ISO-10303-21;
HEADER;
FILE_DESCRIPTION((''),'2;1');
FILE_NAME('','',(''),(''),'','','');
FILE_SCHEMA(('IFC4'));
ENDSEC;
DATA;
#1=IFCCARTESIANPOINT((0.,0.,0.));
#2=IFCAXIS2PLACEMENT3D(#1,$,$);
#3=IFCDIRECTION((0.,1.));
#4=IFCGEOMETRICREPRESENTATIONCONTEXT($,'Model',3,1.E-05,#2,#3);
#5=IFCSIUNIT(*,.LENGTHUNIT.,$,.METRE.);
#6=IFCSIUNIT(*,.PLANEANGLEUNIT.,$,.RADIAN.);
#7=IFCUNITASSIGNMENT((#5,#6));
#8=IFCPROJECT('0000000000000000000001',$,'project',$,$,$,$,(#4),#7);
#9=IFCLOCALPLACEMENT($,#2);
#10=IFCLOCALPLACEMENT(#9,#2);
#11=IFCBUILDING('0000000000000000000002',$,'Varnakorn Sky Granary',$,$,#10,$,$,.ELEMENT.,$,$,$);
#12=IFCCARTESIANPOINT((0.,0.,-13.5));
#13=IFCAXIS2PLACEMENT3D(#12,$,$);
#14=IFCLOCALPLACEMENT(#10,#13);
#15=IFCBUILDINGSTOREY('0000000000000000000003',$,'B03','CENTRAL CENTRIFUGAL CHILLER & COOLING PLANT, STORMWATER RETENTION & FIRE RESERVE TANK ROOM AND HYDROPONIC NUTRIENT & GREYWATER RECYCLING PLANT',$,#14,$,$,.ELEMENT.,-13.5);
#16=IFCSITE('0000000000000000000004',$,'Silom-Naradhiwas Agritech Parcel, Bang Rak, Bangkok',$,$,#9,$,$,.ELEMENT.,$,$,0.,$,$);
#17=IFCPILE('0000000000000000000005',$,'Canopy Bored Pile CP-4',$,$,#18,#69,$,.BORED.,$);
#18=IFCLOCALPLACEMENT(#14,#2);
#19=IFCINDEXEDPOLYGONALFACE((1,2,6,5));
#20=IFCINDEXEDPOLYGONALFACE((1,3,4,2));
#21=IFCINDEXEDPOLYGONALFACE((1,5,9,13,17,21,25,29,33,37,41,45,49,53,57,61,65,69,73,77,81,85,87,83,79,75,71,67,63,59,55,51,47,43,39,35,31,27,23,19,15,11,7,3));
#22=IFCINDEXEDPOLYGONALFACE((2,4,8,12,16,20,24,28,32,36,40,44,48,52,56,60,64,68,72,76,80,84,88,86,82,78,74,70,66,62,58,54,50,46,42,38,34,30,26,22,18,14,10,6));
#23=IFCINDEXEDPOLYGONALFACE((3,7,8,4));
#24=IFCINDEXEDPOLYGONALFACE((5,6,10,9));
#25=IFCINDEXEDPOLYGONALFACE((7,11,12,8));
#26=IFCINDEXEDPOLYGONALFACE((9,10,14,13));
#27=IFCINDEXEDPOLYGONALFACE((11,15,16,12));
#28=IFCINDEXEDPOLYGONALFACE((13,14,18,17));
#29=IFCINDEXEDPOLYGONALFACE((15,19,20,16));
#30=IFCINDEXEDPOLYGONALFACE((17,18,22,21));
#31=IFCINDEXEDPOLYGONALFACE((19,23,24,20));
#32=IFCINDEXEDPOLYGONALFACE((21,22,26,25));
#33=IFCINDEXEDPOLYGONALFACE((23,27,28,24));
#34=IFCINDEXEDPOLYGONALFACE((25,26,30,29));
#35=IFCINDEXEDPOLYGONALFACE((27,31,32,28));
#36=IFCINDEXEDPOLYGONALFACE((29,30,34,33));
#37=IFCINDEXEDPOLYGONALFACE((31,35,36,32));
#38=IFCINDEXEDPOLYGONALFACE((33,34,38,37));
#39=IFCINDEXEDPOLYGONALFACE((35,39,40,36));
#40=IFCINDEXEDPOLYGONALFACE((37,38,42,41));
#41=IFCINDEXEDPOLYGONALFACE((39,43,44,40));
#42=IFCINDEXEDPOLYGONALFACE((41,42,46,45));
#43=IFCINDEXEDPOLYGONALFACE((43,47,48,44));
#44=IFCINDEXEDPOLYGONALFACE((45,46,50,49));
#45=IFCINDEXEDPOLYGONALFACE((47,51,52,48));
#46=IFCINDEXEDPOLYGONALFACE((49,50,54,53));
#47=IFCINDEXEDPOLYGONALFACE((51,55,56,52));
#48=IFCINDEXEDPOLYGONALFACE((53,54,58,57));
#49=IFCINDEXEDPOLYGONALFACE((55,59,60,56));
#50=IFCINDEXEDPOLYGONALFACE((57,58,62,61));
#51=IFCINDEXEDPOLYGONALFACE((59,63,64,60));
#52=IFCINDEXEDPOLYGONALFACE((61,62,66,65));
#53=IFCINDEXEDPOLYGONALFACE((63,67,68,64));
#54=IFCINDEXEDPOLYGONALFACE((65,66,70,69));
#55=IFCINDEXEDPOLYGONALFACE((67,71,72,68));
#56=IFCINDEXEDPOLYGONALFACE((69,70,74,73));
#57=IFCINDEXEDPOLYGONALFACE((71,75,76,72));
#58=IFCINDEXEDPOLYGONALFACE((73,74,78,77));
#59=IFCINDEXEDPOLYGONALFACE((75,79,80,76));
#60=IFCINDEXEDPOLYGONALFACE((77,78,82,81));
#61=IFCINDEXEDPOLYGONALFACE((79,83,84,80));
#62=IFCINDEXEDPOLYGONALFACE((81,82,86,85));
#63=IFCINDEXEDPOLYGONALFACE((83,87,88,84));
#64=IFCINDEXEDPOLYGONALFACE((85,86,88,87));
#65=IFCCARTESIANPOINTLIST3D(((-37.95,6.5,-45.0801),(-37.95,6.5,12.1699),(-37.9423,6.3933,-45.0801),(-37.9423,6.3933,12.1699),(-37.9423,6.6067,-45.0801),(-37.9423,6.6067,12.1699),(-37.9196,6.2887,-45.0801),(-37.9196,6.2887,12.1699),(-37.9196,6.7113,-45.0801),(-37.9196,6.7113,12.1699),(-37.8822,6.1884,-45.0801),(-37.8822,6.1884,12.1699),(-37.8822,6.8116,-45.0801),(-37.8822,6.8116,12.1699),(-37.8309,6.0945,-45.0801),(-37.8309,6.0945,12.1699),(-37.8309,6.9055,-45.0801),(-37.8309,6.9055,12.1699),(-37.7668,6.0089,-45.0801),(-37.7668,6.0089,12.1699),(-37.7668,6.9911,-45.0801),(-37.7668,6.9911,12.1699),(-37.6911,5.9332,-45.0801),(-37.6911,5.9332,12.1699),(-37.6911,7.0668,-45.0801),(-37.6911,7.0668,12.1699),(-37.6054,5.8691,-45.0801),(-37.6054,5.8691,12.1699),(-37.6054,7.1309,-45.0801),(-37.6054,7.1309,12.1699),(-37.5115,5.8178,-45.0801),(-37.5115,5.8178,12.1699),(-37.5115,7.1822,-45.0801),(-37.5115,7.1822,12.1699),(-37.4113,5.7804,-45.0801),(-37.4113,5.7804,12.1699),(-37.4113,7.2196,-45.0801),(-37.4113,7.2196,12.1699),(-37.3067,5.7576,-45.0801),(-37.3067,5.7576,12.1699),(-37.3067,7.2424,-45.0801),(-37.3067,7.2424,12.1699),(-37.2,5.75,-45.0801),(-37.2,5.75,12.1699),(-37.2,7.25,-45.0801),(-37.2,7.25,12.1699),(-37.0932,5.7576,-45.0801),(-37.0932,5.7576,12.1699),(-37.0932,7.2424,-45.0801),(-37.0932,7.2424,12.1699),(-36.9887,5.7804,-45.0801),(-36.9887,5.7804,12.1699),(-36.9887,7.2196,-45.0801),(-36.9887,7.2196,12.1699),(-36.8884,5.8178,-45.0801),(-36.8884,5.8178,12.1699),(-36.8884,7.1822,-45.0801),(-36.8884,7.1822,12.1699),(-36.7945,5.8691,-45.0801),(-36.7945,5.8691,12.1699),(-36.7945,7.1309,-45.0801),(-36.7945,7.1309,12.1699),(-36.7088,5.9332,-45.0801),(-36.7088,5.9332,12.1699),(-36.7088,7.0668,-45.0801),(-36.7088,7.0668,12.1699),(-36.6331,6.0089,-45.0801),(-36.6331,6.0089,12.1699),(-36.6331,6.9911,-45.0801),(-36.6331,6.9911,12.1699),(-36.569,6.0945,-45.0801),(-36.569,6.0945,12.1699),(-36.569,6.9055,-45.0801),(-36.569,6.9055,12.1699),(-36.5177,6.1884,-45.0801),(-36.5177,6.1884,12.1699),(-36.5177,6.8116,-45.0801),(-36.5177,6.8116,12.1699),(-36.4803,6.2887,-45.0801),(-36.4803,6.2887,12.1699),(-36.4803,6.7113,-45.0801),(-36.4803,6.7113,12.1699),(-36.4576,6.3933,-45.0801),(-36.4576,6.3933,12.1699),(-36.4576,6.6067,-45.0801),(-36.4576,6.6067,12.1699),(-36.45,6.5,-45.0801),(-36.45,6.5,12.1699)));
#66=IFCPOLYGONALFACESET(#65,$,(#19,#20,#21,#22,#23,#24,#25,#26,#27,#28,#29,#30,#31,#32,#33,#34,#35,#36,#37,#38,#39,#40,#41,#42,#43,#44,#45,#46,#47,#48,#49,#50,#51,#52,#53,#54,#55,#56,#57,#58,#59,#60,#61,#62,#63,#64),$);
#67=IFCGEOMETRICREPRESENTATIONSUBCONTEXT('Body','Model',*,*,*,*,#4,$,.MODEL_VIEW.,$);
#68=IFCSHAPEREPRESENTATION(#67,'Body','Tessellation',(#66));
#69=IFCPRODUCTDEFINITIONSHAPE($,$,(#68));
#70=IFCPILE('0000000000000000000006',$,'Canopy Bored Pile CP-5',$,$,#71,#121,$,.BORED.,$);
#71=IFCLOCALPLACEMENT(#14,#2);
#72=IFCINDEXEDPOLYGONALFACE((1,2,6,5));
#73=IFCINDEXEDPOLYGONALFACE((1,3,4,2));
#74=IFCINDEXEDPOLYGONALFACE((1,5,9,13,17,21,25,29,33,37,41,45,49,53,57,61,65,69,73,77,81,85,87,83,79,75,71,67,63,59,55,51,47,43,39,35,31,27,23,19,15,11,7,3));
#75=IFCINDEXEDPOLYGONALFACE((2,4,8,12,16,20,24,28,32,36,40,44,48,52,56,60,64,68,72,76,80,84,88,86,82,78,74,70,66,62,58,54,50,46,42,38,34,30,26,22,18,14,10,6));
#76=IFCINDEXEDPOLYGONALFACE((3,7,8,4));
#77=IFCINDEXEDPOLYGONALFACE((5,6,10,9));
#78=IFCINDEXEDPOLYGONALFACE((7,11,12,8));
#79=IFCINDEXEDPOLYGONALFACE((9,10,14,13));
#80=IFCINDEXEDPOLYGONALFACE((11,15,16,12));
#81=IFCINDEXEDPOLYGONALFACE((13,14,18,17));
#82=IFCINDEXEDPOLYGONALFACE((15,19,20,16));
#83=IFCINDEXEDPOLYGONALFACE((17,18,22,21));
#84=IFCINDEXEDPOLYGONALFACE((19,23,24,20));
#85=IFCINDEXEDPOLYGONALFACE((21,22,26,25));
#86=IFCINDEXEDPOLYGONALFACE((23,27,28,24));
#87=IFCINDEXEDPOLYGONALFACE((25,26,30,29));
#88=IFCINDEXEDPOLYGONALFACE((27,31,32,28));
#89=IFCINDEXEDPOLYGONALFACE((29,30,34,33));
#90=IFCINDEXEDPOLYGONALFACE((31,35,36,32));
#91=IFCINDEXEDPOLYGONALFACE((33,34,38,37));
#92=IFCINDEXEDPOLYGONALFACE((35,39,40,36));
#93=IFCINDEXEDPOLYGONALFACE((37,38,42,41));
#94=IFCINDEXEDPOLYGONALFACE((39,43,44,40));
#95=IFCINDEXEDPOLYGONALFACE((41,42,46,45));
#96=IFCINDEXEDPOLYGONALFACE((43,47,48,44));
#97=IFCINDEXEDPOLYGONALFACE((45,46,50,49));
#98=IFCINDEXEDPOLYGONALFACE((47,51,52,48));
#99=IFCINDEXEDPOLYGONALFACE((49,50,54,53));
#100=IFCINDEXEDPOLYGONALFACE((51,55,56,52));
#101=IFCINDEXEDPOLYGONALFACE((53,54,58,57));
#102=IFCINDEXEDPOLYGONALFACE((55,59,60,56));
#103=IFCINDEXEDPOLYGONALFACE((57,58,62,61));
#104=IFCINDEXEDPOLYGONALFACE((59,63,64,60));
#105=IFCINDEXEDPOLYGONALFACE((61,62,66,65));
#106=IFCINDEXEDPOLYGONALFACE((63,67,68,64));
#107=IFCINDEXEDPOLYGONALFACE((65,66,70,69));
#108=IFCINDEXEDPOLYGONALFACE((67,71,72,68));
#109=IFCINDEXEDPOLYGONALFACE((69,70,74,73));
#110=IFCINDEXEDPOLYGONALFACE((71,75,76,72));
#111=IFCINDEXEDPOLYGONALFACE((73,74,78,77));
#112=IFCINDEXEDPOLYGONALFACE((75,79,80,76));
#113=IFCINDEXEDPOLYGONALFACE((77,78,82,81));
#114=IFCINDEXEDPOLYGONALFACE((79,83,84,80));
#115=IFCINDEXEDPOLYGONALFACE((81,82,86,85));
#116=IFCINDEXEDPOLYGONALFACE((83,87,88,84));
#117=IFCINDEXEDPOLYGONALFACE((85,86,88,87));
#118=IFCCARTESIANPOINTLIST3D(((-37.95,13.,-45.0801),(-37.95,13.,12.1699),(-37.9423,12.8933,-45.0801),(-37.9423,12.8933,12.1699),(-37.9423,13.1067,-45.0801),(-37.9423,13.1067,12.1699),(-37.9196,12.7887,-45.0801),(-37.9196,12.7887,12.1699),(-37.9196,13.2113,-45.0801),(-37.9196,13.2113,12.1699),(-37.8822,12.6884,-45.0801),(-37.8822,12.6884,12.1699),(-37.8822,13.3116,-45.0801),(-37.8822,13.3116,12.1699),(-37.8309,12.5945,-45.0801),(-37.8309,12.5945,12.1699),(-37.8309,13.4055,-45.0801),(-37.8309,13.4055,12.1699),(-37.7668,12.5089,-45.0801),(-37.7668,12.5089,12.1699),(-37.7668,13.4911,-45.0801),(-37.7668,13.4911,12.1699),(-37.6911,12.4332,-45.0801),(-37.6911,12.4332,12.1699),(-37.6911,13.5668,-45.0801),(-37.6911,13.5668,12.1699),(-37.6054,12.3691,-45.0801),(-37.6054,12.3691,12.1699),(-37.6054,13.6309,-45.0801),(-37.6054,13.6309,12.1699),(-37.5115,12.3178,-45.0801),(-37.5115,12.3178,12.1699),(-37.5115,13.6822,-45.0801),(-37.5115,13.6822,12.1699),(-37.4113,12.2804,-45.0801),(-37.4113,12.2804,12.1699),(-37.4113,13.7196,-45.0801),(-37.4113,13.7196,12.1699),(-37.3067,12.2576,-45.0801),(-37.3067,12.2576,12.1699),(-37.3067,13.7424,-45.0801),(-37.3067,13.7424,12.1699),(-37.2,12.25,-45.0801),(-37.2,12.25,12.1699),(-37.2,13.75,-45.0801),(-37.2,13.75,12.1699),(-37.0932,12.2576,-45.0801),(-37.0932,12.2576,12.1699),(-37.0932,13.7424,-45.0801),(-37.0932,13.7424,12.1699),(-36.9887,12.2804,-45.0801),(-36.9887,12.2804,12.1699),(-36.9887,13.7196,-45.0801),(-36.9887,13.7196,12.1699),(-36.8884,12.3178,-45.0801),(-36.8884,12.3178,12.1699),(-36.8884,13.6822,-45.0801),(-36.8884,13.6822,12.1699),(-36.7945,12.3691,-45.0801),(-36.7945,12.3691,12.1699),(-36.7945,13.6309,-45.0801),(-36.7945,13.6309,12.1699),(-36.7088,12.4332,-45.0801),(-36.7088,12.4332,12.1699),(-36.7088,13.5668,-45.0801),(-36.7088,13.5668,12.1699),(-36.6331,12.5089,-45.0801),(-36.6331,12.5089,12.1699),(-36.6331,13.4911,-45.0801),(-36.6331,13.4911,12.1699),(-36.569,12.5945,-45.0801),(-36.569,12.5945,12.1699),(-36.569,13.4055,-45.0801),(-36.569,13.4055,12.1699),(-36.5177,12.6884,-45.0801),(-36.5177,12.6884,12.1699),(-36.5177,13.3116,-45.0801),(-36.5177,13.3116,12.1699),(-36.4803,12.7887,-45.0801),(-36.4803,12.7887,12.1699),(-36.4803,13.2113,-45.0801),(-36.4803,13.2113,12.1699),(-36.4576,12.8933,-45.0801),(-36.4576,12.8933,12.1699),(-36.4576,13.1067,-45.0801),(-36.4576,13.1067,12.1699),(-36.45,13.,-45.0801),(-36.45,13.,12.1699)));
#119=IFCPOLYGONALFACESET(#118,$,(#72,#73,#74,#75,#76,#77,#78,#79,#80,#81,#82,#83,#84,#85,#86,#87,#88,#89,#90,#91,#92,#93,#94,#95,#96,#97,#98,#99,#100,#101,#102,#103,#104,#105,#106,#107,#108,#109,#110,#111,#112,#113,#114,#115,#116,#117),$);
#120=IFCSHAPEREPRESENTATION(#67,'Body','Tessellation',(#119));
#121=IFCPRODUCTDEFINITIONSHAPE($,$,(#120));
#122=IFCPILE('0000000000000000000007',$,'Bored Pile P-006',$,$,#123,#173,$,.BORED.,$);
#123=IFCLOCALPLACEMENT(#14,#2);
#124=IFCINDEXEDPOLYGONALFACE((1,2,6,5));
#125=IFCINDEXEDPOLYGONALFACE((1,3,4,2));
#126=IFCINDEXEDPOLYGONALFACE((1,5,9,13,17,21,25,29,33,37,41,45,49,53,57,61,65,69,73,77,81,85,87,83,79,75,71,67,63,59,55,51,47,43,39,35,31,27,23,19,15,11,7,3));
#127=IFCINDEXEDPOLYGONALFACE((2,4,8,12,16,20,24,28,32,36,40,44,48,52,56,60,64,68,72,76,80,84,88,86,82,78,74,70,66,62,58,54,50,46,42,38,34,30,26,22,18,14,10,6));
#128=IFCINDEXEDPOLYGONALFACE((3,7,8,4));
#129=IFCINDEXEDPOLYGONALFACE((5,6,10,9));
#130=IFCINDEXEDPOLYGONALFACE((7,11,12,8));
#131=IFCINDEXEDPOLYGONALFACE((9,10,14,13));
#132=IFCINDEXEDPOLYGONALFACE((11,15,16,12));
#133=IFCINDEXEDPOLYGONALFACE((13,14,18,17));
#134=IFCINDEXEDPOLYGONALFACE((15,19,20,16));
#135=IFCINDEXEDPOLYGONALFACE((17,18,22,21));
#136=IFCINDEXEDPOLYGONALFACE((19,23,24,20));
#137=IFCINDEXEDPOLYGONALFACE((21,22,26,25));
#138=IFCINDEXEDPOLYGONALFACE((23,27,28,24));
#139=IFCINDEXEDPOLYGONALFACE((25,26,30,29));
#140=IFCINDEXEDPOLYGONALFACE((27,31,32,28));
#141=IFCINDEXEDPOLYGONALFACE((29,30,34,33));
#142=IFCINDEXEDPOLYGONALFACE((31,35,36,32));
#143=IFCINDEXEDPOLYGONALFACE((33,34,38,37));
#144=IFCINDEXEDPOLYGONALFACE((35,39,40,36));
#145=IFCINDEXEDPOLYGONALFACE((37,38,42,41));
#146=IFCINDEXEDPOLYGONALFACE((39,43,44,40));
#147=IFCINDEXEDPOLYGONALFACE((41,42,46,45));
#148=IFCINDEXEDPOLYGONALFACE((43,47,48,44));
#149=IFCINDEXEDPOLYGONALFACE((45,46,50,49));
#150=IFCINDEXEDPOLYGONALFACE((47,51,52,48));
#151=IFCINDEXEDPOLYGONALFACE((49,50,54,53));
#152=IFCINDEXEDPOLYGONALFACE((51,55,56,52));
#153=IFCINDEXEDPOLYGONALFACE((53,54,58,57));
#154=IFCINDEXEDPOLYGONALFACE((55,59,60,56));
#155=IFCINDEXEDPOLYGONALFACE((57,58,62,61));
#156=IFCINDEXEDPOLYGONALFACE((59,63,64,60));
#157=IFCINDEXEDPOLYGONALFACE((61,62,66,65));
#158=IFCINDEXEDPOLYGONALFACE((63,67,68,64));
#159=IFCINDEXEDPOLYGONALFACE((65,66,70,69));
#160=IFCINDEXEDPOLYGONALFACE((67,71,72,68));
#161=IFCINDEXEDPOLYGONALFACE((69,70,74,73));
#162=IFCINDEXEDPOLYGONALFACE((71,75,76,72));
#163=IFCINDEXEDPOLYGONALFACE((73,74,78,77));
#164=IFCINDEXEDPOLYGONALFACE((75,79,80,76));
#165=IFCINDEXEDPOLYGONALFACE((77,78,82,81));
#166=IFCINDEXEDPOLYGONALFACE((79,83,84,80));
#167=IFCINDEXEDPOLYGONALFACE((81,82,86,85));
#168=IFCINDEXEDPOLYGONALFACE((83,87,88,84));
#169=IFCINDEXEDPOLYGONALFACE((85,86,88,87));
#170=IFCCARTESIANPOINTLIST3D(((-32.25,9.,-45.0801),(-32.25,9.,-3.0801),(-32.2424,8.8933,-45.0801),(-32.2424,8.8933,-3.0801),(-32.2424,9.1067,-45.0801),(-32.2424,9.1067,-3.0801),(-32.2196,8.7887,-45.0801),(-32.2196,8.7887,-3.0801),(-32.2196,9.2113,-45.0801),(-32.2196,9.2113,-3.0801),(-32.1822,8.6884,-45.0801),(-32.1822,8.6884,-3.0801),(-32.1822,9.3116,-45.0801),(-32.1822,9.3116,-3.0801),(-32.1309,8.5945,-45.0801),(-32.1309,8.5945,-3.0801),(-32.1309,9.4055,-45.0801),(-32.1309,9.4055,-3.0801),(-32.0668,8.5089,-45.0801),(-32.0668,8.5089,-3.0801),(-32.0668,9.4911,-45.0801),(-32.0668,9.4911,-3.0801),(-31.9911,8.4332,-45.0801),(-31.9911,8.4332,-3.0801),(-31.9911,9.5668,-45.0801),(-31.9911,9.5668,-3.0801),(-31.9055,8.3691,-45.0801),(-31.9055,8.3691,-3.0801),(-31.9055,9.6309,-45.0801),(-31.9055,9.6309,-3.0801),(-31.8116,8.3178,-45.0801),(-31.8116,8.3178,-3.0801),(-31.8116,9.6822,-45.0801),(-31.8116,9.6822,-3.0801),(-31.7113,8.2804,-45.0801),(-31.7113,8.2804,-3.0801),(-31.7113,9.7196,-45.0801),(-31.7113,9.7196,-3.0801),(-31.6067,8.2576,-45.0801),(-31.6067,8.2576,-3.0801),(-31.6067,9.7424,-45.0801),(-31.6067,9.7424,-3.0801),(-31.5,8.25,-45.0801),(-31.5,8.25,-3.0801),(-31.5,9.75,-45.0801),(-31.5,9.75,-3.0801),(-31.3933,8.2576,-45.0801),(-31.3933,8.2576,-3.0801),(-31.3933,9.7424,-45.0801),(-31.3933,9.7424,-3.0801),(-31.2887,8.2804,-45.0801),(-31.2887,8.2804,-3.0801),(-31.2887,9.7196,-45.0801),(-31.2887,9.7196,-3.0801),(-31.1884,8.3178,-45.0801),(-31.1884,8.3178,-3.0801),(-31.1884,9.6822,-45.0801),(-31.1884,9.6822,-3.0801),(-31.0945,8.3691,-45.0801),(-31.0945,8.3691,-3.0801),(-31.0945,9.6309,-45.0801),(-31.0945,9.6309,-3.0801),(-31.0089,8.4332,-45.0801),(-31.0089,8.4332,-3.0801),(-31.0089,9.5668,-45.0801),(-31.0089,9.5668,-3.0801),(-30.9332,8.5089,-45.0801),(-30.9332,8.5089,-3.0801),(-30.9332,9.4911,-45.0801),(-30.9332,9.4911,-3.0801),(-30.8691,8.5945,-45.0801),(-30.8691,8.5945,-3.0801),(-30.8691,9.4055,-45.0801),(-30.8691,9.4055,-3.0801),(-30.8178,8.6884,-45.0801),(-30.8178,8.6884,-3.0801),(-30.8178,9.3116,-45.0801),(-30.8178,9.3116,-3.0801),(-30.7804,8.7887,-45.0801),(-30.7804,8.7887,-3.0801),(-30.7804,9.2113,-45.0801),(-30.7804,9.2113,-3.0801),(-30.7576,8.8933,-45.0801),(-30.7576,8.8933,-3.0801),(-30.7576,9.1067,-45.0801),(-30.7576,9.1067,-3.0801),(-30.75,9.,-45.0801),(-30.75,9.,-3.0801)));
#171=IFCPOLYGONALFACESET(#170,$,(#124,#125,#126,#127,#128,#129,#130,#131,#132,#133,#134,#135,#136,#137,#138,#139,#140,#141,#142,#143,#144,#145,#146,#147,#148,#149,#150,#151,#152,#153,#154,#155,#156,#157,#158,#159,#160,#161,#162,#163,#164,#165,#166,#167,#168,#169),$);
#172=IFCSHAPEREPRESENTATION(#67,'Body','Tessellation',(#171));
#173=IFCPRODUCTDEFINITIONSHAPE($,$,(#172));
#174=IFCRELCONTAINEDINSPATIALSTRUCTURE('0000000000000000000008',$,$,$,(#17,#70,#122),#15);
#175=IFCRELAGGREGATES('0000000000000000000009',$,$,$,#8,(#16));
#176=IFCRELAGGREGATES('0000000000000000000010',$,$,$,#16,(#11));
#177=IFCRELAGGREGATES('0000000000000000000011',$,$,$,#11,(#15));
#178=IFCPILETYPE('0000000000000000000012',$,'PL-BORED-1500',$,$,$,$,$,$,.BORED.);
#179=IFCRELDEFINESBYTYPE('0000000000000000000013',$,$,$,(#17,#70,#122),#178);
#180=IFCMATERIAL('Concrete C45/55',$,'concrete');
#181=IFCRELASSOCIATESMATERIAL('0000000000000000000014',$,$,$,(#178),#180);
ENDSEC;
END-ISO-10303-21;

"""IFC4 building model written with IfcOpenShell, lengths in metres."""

from ifc_helpers import new_model, si_unit, direction, frame, origin, origin_2d, place, context, subcontext, project, spatial, circle, extrude, material, material_profile, profile_set, type_object, element, save


model = new_model("IFC4")

# Units and contexts
model_context = context("Model", 3, precision=1e-05, world=origin(), true_north=direction((0.0, 1.0)))
body_context = subcontext(model_context, "Body", "Model", "MODEL_VIEW")
ifc_project = project(units=[si_unit("LENGTHUNIT", "METRE"), si_unit("PLANEANGLEUNIT", "RADIAN")], contexts=[model_context])

# Site, building, storey
site_placement = place(None, origin())
site = spatial("IfcSite", under=ifc_project, at=site_placement, Name="Silom-Naradhiwas Agritech Parcel, Bang Rak, Bangkok", CompositionType="ELEMENT", RefElevation=0.0)
building_placement = place(site_placement, origin())
building = spatial("IfcBuilding", under=site, at=building_placement, Name="Varnakorn Sky Granary", CompositionType="ELEMENT")
storey_placement = place(building_placement, frame((0.0, 0.0, -13.5)))
storey = spatial("IfcBuildingStorey", under=building, at=storey_placement, Name="B03", Description="CENTRAL CENTRIFUGAL CHILLER & COOLING PLANT, STORMWATER RETENTION & FIRE RESERVE TANK ROOM AND HYDROPONIC NUTRIENT & GREYWATER RECYCLING PLANT", CompositionType="ELEMENT", Elevation=-13.5)

# Piles
ifc_material_1 = material(Name="Concrete C45/55", Category="concrete")
ifc_material_profile_1 = material_profile(ifc_material_1, circle(Radius=0.75, at=origin_2d()), Name="PILE D1500")
ifc_profile_set_1 = profile_set([ifc_material_profile_1], Name="Concrete C45/55")
pile_type = type_object("IfcPileType", Name="PL-BORED-1500", PredefinedType="BORED", material=ifc_profile_set_1)
for number, where, z_axis, x_axis, name in (
    (1, (-37.2, 6.5, 12.1699), (0.0, 0.0, -1.0), (1.0, 0.0, 0.0), "Canopy Bored Pile CP-4"),
    (2, (-37.2, 13.0, 12.1699), (0.0, 0.0, -1.0), (1.0, 0.0, 0.0), "Canopy Bored Pile CP-5"),
):
    element("IfcPile", number, at=place(storey_placement, frame(where, z_axis=z_axis, x_axis=x_axis)), inside=storey, type_object=pile_type, Name=name, PredefinedType="BORED", context=body_context, shape_type="SweptSolid", body=[
        extrude(circle(Radius=0.75, at=origin_2d()), origin(), (0.0, 0.0, 1.0), 57.25),
    ])
for number, where, z_axis, x_axis, name in (
    (3, (-31.5, 9.0, -3.0801), (0.0, 0.0, -1.0), (1.0, 0.0, 0.0), "Bored Pile P-006"),
):
    element("IfcPile", number, at=place(storey_placement, frame(where, z_axis=z_axis, x_axis=x_axis)), inside=storey, type_object=pile_type, Name=name, PredefinedType="BORED", context=body_context, shape_type="SweptSolid", body=[
        extrude(circle(Radius=0.75, at=origin_2d()), origin(), (0.0, 0.0, 1.0), 42.0),
    ])

save(model, "model.ifc")
